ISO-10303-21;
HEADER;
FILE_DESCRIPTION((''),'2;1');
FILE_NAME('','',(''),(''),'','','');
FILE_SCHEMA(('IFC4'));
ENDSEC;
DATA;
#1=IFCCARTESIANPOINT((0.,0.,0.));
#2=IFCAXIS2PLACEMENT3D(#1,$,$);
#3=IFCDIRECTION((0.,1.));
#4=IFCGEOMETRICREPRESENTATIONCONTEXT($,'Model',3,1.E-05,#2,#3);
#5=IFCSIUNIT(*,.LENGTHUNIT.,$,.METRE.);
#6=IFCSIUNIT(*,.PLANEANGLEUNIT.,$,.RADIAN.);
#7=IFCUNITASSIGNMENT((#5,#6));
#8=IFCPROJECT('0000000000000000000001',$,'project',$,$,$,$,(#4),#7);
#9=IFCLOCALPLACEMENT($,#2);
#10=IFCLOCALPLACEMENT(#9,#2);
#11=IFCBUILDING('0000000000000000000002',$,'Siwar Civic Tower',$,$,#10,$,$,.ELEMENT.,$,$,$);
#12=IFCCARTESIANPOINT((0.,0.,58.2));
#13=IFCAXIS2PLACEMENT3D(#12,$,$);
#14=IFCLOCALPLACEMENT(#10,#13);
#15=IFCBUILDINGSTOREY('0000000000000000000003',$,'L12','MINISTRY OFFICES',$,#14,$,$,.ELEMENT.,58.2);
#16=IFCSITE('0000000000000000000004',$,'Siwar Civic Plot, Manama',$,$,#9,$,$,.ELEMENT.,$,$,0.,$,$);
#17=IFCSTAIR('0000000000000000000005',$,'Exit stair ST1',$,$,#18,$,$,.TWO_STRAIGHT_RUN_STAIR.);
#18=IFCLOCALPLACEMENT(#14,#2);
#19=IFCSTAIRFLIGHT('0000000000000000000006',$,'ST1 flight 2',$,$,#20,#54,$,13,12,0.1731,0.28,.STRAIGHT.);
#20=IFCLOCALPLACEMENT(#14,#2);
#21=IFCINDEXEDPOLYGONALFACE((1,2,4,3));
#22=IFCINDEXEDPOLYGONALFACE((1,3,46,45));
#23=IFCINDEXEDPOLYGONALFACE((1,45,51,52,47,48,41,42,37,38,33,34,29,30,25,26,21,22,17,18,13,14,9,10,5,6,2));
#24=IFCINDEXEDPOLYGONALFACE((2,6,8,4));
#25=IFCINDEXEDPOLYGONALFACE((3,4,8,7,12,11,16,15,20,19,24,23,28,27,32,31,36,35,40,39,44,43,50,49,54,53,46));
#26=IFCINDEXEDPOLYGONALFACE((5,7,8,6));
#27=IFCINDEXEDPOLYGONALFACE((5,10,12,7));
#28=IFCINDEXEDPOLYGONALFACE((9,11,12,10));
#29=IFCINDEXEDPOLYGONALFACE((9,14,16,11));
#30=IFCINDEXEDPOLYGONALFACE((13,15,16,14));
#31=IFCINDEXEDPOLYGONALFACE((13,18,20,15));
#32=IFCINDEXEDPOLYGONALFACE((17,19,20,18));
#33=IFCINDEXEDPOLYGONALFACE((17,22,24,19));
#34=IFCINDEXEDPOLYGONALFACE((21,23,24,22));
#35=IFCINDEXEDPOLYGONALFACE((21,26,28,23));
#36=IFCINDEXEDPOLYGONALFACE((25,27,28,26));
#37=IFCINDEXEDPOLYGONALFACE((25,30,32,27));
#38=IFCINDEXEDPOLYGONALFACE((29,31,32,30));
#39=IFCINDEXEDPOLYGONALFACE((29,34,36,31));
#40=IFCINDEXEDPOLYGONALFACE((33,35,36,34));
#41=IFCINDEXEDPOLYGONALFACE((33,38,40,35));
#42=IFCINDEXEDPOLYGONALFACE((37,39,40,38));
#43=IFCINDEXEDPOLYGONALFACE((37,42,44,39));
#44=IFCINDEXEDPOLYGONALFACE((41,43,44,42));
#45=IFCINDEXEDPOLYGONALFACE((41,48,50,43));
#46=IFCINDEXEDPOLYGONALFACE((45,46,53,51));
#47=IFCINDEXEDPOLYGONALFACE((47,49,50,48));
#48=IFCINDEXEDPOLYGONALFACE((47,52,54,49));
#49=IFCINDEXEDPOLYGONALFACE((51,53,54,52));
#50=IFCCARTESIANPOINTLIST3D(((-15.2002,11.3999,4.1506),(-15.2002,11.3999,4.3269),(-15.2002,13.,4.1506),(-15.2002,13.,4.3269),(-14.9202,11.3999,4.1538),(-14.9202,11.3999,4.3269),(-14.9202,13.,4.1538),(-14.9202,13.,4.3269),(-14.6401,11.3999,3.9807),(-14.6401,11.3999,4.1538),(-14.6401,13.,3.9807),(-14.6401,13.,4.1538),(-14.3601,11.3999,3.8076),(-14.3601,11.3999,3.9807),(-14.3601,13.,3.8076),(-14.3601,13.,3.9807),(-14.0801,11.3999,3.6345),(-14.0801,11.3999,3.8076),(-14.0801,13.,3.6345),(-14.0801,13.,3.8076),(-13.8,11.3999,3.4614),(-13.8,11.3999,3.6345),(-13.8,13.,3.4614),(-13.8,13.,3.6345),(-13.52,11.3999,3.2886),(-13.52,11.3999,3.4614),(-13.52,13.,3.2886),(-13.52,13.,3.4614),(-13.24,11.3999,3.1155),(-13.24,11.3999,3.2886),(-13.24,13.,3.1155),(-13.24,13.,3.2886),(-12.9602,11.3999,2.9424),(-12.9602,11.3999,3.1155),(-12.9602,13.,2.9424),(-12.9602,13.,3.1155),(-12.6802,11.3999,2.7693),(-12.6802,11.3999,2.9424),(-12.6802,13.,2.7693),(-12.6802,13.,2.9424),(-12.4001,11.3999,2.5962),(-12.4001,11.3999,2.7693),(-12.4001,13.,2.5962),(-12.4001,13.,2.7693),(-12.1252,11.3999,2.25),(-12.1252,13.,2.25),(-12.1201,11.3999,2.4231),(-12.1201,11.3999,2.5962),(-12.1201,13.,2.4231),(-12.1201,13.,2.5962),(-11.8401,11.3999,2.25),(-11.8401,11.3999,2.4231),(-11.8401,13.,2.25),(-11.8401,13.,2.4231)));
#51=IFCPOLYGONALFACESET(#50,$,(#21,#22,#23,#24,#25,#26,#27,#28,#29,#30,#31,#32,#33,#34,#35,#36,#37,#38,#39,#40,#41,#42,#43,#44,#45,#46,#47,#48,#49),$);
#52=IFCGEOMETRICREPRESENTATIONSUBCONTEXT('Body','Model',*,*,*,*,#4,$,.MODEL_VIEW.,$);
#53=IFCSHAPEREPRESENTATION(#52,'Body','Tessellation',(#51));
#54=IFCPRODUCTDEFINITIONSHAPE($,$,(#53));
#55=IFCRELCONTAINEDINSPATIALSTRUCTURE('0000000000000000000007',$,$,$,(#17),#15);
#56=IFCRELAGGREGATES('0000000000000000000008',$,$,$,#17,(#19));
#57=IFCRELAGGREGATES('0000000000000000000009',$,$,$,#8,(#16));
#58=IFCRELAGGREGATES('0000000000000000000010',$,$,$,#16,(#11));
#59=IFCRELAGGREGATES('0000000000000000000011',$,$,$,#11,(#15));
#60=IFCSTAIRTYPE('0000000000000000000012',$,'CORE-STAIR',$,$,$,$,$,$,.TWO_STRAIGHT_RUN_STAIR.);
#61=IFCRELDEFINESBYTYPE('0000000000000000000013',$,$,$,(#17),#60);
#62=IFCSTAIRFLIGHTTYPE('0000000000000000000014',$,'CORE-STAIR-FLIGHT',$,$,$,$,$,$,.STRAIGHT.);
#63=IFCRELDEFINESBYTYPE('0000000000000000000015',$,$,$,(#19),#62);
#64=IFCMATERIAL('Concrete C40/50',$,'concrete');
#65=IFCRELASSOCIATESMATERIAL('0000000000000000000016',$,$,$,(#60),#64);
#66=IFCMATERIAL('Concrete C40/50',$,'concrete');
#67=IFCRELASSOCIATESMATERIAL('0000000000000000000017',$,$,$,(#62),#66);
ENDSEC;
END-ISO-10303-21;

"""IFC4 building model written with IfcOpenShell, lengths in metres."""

from ifc_helpers import new_model, si_unit, direction, frame, origin, place, context, subcontext, project, spatial, polyline, outline, extrude, material, type_object, element, aggregate, save


model = new_model("IFC4")

# Units and contexts
model_context = context("Model", 3, precision=1e-05, world=origin(), true_north=direction((0.0, 1.0)))
body_context = subcontext(model_context, "Body", "Model", "MODEL_VIEW")
ifc_project = project(units=[si_unit("LENGTHUNIT", "METRE"), si_unit("PLANEANGLEUNIT", "RADIAN")], contexts=[model_context])

# Site, building, storey
site_placement = place(None, origin())
site = spatial("IfcSite", under=ifc_project, at=site_placement, Name="Siwar Civic Plot, Manama", CompositionType="ELEMENT", RefElevation=0.0)
building_placement = place(site_placement, origin())
building = spatial("IfcBuilding", under=site, at=building_placement, Name="Siwar Civic Tower", CompositionType="ELEMENT")
storey_placement = place(building_placement, frame((0.0, 0.0, 58.2)))
storey = spatial("IfcBuildingStorey", under=building, at=storey_placement, Name="L12", Description="MINISTRY OFFICES", CompositionType="ELEMENT", Elevation=58.2)

# Stair, stair flight
ifc_material_1 = material(Name="Concrete C40/50", Category="concrete")
stair_type = type_object("IfcStairType", Name="CORE-STAIR", PredefinedType="TWO_STRAIGHT_RUN_STAIR", material=ifc_material_1)
stair_placement = place(storey_placement, origin())
stair = element("IfcStair", 1, at=stair_placement, inside=storey, type_object=stair_type, Name="Exit stair ST1", PredefinedType="TWO_STRAIGHT_RUN_STAIR")
ifc_material_2 = material(Name="Concrete C40/50", Category="concrete")
stair_flight_type = type_object("IfcStairFlightType", Name="CORE-STAIR-FLIGHT", PredefinedType="STRAIGHT", material=ifc_material_2)
stair_flight_1_placement = place(storey_placement, frame((-11.8401, 12.2, 2.25), z_axis=(0.0, 0.0, 1.0), x_axis=(-1.0, 0.0, 0.0)))
stair_flight_1 = element("IfcStairFlight", 2, at=stair_flight_1_placement, type_object=stair_flight_type, Name="ST1 flight 2", NumberOfRisers=13, NumberOfTreads=12, PredefinedType="STRAIGHT", RiserHeight=0.1731, TreadLength=0.28, context=body_context, shape_type="SweptSolid", body=[
    extrude(outline(polyline([(0.0, 0.0), (0.0, 0.1731), (0.28, 0.1731), (0.28, 0.3462), (0.5601, 0.3462), (0.5601, 0.5193), (0.8401, 0.5193), (0.8401, 0.6924), (1.1201, 0.6924), (1.1201, 0.8655), (1.3999, 0.8655), (1.3999, 1.0386), (1.6799, 1.0386), (1.6799, 1.2114), (1.96, 1.2114), (1.96, 1.3845), (2.24, 1.3845), (2.24, 1.5576), (2.52, 1.5576), (2.52, 1.7307), (2.8, 1.7307), (2.8, 1.9038), (3.0801, 1.9038), (3.0801, 2.0769), (3.3601, 2.0769), (3.3601, 2.25), (3.3601, 1.9006), (0.2852, 0.0), (0.0, 0.0)])), frame((0.0, 0.8, 0.0), z_axis=(0.0, -1.0, 0.0), x_axis=(1.0, 0.0, 0.0)), (0.0, 0.0, 1.0), 1.6001),
])
aggregate(stair, [stair_flight_1])

save(model, "model.ifc")
